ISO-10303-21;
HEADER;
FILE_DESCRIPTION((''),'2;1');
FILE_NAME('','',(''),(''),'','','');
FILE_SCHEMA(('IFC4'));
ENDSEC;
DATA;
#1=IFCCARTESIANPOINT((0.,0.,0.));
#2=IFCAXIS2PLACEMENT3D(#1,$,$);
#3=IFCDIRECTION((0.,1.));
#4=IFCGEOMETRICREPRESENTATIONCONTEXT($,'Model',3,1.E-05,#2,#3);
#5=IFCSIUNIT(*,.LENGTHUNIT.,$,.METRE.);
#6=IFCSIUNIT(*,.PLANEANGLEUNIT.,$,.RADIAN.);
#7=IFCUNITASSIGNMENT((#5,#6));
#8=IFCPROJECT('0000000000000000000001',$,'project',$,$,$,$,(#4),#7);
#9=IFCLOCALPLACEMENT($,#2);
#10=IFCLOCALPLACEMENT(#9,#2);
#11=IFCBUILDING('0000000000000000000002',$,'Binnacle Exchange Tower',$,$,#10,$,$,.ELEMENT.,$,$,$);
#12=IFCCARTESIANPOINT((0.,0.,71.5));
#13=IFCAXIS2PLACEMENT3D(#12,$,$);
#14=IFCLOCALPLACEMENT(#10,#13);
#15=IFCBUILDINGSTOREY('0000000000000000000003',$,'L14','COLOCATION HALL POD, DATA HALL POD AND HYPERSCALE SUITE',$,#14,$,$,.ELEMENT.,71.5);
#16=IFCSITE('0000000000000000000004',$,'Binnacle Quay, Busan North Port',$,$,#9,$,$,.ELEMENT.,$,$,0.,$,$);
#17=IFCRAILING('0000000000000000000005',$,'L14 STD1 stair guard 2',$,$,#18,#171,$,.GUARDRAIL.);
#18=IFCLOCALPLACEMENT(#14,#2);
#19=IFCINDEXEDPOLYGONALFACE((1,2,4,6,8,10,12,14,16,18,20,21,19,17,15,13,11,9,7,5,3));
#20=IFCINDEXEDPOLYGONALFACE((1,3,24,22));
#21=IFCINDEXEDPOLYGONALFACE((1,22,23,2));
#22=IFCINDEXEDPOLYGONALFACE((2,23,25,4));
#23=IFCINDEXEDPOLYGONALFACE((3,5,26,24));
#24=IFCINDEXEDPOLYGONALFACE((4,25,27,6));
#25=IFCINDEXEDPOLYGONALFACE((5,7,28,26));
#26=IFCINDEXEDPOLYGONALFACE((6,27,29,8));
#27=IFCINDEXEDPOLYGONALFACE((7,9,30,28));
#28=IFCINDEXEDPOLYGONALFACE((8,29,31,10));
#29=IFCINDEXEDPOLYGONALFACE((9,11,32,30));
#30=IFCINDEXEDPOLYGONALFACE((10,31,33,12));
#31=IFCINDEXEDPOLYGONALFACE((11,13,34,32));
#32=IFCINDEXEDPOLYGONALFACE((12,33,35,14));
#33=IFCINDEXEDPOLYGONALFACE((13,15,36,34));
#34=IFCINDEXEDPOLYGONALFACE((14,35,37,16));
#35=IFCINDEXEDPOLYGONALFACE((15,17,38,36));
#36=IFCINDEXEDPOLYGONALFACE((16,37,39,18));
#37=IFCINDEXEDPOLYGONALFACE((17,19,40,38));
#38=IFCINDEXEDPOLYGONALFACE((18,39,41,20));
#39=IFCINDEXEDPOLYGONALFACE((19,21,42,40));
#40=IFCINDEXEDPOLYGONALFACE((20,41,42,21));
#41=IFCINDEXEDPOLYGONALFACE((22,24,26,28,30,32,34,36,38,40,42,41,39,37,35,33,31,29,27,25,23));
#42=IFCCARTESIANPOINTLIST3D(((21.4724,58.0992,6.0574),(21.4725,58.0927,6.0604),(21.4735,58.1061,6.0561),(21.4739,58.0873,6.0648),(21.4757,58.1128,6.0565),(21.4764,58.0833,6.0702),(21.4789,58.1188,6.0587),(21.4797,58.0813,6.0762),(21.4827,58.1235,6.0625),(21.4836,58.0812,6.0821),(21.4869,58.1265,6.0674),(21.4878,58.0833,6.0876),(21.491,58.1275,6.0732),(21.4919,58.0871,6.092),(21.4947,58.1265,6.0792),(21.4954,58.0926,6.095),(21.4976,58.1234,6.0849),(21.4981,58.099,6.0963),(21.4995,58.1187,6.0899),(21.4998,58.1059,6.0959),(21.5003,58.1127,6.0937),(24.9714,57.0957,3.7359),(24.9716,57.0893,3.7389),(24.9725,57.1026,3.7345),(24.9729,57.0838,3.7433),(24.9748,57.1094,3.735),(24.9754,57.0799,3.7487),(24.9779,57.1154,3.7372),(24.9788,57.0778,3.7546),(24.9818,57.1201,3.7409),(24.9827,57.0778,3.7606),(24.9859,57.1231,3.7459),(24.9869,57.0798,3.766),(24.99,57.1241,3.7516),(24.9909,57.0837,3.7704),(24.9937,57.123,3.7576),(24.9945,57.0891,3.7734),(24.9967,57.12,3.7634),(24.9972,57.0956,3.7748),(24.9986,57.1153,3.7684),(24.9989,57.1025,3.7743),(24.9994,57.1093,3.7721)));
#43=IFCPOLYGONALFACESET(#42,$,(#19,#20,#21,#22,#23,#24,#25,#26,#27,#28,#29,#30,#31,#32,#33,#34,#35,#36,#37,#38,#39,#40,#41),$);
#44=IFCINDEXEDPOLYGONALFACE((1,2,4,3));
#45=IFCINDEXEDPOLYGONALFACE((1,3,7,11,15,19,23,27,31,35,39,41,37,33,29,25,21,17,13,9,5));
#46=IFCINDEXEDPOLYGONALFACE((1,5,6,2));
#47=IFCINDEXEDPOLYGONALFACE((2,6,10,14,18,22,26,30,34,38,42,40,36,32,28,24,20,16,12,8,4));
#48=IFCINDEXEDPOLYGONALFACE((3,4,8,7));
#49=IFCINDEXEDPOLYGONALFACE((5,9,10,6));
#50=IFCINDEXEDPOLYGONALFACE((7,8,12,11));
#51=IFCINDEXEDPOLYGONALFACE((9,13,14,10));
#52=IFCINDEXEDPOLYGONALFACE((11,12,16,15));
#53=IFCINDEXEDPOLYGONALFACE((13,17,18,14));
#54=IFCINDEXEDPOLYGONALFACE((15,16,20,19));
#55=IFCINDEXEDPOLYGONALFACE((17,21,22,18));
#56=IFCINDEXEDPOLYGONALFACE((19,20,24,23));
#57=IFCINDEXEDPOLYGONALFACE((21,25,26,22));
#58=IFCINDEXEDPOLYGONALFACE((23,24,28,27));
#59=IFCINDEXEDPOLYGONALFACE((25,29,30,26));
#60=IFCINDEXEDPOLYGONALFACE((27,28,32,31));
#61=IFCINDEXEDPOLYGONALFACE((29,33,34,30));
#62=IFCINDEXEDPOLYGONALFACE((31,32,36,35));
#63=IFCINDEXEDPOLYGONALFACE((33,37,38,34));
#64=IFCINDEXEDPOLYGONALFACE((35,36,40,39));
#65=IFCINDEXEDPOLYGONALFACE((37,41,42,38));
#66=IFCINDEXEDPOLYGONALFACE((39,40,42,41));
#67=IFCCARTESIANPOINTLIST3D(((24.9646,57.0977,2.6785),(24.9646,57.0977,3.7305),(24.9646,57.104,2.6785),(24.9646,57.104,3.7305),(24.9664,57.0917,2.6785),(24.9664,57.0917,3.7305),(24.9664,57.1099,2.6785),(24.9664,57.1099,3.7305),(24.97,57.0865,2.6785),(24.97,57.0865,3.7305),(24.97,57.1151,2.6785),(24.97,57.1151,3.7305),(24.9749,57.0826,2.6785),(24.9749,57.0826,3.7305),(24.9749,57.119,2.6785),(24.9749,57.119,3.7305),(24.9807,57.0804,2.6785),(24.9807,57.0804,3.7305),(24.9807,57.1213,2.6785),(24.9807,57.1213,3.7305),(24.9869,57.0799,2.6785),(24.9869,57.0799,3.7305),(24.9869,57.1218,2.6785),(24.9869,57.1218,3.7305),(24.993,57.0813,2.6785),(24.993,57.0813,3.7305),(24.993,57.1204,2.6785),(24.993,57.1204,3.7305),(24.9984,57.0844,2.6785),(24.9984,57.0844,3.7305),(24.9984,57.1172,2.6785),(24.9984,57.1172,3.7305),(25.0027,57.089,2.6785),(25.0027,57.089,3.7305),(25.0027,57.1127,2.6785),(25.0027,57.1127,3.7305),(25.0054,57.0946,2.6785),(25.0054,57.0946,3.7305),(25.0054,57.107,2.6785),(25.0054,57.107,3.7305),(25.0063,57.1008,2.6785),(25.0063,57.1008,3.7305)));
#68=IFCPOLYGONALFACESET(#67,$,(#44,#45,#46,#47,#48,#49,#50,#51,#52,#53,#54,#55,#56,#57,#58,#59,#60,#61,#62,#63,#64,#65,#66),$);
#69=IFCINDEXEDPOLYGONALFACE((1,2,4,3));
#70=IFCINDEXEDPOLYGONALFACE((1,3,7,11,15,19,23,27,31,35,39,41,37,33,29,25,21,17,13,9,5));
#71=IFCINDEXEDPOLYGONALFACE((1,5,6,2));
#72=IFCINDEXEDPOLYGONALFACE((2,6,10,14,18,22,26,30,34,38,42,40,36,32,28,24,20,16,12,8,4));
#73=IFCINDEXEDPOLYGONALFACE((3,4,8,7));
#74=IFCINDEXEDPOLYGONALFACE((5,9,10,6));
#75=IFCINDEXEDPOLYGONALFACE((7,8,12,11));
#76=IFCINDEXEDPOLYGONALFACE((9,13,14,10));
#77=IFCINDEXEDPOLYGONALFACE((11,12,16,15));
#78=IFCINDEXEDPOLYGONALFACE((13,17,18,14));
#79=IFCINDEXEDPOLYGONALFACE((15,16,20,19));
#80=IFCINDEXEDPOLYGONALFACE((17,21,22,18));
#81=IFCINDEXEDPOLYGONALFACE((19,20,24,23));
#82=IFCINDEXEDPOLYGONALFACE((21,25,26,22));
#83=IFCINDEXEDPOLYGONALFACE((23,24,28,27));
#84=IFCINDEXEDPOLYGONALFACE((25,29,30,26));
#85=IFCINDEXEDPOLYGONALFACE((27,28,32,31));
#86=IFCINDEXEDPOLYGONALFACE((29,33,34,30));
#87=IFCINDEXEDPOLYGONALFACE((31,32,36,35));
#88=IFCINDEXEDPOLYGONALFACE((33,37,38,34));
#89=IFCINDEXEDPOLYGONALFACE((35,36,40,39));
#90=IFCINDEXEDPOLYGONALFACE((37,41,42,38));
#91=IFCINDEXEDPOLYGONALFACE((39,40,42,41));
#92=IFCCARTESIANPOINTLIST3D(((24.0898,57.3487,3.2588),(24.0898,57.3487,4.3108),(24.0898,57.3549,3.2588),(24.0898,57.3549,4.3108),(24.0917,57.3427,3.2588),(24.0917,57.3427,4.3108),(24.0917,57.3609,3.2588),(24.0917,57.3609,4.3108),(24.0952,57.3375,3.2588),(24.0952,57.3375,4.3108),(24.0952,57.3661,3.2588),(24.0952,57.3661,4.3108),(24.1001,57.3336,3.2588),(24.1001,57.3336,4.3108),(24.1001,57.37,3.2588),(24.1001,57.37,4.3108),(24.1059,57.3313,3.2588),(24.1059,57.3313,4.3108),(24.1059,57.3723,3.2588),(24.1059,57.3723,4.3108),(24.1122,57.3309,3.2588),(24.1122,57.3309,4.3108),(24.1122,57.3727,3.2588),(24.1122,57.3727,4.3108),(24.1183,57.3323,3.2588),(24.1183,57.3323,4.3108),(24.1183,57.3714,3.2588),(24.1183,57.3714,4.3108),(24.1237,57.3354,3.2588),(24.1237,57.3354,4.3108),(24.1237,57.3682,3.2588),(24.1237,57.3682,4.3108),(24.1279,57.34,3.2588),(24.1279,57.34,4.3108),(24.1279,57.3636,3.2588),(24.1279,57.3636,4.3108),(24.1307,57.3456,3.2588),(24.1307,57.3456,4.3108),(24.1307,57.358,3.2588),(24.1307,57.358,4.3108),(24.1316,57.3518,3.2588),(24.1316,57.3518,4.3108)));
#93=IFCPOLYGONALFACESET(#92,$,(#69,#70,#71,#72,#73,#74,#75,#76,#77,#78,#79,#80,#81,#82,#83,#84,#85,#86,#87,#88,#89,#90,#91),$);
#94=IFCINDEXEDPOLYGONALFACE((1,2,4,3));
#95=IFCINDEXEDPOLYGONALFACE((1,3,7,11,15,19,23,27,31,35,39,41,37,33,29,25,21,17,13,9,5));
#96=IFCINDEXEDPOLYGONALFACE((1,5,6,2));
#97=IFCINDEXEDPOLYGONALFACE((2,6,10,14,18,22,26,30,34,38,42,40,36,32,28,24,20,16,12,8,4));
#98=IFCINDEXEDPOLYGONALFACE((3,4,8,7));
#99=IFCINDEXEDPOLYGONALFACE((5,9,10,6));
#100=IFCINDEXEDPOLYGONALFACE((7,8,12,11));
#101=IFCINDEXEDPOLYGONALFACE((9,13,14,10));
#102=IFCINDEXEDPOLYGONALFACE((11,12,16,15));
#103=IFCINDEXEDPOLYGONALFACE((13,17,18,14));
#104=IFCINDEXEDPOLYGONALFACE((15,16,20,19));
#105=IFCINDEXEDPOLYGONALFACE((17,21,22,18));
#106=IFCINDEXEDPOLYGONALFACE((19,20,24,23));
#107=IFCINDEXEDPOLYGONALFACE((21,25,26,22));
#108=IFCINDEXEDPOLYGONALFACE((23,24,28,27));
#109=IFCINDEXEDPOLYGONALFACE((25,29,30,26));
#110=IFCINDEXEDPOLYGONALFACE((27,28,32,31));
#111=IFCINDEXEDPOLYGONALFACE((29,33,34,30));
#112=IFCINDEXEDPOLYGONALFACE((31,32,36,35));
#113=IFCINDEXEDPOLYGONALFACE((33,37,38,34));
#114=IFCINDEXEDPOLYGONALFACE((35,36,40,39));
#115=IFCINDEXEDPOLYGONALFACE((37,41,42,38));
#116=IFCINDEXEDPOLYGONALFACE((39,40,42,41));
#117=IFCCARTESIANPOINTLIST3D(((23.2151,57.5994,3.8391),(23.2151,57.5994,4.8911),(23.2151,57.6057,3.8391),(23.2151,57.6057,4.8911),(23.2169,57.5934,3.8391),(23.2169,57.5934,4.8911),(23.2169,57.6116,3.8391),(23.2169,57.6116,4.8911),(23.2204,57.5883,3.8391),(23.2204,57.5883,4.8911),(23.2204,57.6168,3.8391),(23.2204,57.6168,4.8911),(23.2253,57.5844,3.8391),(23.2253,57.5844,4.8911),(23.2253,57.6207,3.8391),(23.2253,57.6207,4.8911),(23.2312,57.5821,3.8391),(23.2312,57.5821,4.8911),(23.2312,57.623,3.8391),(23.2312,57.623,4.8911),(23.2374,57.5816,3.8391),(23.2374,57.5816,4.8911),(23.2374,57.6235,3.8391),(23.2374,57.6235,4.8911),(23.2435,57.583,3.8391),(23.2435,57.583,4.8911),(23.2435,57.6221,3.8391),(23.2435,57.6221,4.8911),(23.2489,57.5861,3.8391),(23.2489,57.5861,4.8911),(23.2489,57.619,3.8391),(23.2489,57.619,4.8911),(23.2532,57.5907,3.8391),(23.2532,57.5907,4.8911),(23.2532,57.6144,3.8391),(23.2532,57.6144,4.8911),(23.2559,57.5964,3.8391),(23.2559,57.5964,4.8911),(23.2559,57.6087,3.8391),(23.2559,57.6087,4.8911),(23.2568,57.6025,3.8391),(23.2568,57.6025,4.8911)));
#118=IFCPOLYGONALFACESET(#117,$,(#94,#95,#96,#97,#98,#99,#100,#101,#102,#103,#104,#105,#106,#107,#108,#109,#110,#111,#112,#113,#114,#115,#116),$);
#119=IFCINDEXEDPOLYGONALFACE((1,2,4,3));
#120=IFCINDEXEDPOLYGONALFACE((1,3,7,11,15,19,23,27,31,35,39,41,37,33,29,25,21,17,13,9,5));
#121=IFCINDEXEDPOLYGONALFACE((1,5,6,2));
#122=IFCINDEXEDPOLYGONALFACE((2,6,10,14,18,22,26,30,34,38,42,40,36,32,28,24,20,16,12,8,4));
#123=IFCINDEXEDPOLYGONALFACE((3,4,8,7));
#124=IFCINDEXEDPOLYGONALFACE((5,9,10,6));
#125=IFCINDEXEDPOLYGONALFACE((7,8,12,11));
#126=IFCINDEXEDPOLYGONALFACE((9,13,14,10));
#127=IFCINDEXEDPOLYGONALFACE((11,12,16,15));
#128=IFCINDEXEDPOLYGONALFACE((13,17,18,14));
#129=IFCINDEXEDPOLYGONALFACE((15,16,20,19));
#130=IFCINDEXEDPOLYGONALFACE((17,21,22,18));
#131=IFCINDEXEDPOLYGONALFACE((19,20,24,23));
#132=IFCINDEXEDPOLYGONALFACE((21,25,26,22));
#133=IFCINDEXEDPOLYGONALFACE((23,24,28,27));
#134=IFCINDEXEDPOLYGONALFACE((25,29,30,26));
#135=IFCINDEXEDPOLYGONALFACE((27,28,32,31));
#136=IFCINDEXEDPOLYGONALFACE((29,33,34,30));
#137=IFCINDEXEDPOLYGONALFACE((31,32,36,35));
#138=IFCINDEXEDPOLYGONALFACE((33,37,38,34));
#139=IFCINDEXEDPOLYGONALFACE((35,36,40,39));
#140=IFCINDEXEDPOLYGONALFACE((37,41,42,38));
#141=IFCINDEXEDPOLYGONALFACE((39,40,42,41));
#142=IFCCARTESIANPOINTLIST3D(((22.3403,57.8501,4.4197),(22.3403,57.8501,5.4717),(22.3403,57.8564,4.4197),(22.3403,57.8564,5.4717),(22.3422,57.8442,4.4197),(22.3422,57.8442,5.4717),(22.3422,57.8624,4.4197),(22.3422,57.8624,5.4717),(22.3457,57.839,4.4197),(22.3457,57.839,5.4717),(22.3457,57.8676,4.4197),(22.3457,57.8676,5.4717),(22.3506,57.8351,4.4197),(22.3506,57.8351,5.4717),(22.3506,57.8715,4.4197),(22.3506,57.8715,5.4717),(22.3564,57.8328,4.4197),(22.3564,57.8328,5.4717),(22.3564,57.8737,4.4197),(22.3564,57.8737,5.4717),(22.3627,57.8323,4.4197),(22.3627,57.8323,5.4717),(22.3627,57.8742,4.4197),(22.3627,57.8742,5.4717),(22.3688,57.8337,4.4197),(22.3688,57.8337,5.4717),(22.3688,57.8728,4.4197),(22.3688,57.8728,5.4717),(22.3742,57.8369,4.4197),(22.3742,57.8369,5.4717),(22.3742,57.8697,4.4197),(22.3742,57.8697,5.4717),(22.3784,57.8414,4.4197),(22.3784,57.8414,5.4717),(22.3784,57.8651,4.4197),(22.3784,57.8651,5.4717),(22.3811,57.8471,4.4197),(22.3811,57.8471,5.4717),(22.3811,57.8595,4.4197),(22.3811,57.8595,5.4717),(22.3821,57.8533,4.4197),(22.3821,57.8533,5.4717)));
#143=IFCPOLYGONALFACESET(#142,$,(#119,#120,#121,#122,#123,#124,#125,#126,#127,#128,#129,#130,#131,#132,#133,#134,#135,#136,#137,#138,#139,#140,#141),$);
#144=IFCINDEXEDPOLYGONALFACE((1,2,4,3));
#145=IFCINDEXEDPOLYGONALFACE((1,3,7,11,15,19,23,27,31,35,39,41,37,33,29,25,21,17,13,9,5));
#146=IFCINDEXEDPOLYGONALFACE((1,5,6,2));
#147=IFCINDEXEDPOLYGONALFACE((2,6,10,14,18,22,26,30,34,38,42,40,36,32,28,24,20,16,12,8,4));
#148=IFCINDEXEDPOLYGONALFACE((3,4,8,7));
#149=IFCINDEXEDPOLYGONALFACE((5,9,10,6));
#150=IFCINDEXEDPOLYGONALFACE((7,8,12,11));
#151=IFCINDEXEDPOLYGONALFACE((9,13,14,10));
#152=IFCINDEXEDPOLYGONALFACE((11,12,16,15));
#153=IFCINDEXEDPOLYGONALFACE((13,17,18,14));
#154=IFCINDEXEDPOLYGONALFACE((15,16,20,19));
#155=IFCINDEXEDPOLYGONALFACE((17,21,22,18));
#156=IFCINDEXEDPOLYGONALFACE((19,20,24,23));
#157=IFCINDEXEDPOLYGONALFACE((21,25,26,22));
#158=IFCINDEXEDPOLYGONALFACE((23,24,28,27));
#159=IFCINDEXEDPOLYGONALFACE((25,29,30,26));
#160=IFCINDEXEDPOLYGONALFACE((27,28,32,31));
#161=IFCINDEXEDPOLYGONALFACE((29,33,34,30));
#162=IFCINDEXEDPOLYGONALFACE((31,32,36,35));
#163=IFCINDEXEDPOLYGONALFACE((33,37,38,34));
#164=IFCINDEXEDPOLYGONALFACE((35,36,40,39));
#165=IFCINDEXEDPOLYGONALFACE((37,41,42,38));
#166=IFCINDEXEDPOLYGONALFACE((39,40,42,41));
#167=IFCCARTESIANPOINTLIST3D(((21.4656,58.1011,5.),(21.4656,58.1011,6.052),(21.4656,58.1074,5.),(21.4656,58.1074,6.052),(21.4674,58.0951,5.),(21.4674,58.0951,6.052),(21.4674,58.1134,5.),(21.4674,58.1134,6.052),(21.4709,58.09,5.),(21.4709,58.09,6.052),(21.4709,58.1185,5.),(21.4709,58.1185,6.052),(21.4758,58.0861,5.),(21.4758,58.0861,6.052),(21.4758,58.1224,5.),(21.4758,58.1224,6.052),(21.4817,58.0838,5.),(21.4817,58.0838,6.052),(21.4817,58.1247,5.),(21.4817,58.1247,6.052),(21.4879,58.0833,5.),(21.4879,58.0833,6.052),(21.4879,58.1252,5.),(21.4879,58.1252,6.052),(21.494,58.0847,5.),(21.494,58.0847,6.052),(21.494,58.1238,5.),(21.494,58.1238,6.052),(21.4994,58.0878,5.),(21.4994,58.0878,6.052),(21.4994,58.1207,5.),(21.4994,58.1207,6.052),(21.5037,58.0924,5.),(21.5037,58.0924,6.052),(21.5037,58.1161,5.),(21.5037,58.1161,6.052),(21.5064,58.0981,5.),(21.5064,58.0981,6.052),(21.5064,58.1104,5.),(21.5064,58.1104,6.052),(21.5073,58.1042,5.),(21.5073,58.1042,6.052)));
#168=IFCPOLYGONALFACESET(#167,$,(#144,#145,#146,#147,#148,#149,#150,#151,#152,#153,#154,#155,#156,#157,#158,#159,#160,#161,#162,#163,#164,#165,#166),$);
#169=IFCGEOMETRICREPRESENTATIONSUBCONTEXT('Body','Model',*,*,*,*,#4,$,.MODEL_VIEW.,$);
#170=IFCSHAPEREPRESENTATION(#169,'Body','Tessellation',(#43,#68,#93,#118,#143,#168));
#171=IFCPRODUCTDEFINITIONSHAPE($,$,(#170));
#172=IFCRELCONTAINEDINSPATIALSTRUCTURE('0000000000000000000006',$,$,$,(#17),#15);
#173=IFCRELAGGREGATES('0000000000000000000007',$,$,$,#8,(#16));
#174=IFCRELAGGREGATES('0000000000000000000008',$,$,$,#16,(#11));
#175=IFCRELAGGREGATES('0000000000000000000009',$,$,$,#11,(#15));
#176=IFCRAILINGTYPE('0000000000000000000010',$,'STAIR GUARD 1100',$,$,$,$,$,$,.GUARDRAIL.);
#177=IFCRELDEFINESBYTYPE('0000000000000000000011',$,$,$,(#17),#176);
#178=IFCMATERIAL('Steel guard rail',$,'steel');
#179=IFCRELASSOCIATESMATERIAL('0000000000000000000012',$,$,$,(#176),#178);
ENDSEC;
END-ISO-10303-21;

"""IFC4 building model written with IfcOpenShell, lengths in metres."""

from ifc_helpers import new_model, si_unit, direction, frame, origin, origin_2d, place, context, subcontext, project, spatial, circle, extrude, material, type_object, element, save


model = new_model("IFC4")

# Units and contexts
model_context = context("Model", 3, precision=1e-05, world=origin(), true_north=direction((0.0, 1.0)))
body_context = subcontext(model_context, "Body", "Model", "MODEL_VIEW")
ifc_project = project(units=[si_unit("LENGTHUNIT", "METRE"), si_unit("PLANEANGLEUNIT", "RADIAN")], contexts=[model_context])

# Site, building, storey
site_placement = place(None, origin())
site = spatial("IfcSite", under=ifc_project, at=site_placement, Name="Binnacle Quay, Busan North Port", CompositionType="ELEMENT", RefElevation=0.0)
building_placement = place(site_placement, origin())
building = spatial("IfcBuilding", under=site, at=building_placement, Name="Binnacle Exchange Tower", CompositionType="ELEMENT")
storey_placement = place(building_placement, frame((0.0, 0.0, 71.5)))
storey = spatial("IfcBuildingStorey", under=building, at=storey_placement, Name="L14", Description="COLOCATION HALL POD, DATA HALL POD AND HYPERSCALE SUITE", CompositionType="ELEMENT", Elevation=71.5)

# Railing
ifc_material_1 = material(Name="Steel guard rail", Category="steel")
railing_type_1 = type_object("IfcRailingType", Name="STAIR GUARD 1100", PredefinedType="GUARDRAIL", material=ifc_material_1)
railing_1_placement = place(storey_placement, frame((24.9854, 57.1008, 2.6785)))
element("IfcRailing", 1, at=railing_1_placement, inside=storey, type_object=railing_type_1, Name="L14 STD1 stair guard 2", PredefinedType="GUARDRAIL", context=body_context, shape_type="SweptSolid", body=[
    extrude(circle(Radius=0.0239, at=origin_2d()), frame((0.0, 0.0, 1.0762), z_axis=(-0.810456, 0.232415, 0.537722), x_axis=(-0.27566, -0.961255, 0.0)), (0.0, 0.0, 1.0), 4.3174),
    extrude(circle(Radius=0.021, at=origin_2d()), origin(), (0.0, 0.0, 1.0), 1.052),
    extrude(circle(Radius=0.021, at=origin_2d()), frame((-0.8748, 0.251, 0.5803)), (0.0, 0.0, 1.0), 1.052),
    extrude(circle(Radius=0.021, at=origin_2d()), frame((-1.7495, 0.5017, 1.1606)), (0.0, 0.0, 1.0), 1.052),
    extrude(circle(Radius=0.021, at=origin_2d()), frame((-2.6243, 0.7524, 1.7412)), (0.0, 0.0, 1.0), 1.052),
    extrude(circle(Radius=0.021, at=origin_2d()), frame((-3.499, 1.0034, 2.3215)), (0.0, 0.0, 1.0), 1.052),
])

save(model, "model.ifc")
